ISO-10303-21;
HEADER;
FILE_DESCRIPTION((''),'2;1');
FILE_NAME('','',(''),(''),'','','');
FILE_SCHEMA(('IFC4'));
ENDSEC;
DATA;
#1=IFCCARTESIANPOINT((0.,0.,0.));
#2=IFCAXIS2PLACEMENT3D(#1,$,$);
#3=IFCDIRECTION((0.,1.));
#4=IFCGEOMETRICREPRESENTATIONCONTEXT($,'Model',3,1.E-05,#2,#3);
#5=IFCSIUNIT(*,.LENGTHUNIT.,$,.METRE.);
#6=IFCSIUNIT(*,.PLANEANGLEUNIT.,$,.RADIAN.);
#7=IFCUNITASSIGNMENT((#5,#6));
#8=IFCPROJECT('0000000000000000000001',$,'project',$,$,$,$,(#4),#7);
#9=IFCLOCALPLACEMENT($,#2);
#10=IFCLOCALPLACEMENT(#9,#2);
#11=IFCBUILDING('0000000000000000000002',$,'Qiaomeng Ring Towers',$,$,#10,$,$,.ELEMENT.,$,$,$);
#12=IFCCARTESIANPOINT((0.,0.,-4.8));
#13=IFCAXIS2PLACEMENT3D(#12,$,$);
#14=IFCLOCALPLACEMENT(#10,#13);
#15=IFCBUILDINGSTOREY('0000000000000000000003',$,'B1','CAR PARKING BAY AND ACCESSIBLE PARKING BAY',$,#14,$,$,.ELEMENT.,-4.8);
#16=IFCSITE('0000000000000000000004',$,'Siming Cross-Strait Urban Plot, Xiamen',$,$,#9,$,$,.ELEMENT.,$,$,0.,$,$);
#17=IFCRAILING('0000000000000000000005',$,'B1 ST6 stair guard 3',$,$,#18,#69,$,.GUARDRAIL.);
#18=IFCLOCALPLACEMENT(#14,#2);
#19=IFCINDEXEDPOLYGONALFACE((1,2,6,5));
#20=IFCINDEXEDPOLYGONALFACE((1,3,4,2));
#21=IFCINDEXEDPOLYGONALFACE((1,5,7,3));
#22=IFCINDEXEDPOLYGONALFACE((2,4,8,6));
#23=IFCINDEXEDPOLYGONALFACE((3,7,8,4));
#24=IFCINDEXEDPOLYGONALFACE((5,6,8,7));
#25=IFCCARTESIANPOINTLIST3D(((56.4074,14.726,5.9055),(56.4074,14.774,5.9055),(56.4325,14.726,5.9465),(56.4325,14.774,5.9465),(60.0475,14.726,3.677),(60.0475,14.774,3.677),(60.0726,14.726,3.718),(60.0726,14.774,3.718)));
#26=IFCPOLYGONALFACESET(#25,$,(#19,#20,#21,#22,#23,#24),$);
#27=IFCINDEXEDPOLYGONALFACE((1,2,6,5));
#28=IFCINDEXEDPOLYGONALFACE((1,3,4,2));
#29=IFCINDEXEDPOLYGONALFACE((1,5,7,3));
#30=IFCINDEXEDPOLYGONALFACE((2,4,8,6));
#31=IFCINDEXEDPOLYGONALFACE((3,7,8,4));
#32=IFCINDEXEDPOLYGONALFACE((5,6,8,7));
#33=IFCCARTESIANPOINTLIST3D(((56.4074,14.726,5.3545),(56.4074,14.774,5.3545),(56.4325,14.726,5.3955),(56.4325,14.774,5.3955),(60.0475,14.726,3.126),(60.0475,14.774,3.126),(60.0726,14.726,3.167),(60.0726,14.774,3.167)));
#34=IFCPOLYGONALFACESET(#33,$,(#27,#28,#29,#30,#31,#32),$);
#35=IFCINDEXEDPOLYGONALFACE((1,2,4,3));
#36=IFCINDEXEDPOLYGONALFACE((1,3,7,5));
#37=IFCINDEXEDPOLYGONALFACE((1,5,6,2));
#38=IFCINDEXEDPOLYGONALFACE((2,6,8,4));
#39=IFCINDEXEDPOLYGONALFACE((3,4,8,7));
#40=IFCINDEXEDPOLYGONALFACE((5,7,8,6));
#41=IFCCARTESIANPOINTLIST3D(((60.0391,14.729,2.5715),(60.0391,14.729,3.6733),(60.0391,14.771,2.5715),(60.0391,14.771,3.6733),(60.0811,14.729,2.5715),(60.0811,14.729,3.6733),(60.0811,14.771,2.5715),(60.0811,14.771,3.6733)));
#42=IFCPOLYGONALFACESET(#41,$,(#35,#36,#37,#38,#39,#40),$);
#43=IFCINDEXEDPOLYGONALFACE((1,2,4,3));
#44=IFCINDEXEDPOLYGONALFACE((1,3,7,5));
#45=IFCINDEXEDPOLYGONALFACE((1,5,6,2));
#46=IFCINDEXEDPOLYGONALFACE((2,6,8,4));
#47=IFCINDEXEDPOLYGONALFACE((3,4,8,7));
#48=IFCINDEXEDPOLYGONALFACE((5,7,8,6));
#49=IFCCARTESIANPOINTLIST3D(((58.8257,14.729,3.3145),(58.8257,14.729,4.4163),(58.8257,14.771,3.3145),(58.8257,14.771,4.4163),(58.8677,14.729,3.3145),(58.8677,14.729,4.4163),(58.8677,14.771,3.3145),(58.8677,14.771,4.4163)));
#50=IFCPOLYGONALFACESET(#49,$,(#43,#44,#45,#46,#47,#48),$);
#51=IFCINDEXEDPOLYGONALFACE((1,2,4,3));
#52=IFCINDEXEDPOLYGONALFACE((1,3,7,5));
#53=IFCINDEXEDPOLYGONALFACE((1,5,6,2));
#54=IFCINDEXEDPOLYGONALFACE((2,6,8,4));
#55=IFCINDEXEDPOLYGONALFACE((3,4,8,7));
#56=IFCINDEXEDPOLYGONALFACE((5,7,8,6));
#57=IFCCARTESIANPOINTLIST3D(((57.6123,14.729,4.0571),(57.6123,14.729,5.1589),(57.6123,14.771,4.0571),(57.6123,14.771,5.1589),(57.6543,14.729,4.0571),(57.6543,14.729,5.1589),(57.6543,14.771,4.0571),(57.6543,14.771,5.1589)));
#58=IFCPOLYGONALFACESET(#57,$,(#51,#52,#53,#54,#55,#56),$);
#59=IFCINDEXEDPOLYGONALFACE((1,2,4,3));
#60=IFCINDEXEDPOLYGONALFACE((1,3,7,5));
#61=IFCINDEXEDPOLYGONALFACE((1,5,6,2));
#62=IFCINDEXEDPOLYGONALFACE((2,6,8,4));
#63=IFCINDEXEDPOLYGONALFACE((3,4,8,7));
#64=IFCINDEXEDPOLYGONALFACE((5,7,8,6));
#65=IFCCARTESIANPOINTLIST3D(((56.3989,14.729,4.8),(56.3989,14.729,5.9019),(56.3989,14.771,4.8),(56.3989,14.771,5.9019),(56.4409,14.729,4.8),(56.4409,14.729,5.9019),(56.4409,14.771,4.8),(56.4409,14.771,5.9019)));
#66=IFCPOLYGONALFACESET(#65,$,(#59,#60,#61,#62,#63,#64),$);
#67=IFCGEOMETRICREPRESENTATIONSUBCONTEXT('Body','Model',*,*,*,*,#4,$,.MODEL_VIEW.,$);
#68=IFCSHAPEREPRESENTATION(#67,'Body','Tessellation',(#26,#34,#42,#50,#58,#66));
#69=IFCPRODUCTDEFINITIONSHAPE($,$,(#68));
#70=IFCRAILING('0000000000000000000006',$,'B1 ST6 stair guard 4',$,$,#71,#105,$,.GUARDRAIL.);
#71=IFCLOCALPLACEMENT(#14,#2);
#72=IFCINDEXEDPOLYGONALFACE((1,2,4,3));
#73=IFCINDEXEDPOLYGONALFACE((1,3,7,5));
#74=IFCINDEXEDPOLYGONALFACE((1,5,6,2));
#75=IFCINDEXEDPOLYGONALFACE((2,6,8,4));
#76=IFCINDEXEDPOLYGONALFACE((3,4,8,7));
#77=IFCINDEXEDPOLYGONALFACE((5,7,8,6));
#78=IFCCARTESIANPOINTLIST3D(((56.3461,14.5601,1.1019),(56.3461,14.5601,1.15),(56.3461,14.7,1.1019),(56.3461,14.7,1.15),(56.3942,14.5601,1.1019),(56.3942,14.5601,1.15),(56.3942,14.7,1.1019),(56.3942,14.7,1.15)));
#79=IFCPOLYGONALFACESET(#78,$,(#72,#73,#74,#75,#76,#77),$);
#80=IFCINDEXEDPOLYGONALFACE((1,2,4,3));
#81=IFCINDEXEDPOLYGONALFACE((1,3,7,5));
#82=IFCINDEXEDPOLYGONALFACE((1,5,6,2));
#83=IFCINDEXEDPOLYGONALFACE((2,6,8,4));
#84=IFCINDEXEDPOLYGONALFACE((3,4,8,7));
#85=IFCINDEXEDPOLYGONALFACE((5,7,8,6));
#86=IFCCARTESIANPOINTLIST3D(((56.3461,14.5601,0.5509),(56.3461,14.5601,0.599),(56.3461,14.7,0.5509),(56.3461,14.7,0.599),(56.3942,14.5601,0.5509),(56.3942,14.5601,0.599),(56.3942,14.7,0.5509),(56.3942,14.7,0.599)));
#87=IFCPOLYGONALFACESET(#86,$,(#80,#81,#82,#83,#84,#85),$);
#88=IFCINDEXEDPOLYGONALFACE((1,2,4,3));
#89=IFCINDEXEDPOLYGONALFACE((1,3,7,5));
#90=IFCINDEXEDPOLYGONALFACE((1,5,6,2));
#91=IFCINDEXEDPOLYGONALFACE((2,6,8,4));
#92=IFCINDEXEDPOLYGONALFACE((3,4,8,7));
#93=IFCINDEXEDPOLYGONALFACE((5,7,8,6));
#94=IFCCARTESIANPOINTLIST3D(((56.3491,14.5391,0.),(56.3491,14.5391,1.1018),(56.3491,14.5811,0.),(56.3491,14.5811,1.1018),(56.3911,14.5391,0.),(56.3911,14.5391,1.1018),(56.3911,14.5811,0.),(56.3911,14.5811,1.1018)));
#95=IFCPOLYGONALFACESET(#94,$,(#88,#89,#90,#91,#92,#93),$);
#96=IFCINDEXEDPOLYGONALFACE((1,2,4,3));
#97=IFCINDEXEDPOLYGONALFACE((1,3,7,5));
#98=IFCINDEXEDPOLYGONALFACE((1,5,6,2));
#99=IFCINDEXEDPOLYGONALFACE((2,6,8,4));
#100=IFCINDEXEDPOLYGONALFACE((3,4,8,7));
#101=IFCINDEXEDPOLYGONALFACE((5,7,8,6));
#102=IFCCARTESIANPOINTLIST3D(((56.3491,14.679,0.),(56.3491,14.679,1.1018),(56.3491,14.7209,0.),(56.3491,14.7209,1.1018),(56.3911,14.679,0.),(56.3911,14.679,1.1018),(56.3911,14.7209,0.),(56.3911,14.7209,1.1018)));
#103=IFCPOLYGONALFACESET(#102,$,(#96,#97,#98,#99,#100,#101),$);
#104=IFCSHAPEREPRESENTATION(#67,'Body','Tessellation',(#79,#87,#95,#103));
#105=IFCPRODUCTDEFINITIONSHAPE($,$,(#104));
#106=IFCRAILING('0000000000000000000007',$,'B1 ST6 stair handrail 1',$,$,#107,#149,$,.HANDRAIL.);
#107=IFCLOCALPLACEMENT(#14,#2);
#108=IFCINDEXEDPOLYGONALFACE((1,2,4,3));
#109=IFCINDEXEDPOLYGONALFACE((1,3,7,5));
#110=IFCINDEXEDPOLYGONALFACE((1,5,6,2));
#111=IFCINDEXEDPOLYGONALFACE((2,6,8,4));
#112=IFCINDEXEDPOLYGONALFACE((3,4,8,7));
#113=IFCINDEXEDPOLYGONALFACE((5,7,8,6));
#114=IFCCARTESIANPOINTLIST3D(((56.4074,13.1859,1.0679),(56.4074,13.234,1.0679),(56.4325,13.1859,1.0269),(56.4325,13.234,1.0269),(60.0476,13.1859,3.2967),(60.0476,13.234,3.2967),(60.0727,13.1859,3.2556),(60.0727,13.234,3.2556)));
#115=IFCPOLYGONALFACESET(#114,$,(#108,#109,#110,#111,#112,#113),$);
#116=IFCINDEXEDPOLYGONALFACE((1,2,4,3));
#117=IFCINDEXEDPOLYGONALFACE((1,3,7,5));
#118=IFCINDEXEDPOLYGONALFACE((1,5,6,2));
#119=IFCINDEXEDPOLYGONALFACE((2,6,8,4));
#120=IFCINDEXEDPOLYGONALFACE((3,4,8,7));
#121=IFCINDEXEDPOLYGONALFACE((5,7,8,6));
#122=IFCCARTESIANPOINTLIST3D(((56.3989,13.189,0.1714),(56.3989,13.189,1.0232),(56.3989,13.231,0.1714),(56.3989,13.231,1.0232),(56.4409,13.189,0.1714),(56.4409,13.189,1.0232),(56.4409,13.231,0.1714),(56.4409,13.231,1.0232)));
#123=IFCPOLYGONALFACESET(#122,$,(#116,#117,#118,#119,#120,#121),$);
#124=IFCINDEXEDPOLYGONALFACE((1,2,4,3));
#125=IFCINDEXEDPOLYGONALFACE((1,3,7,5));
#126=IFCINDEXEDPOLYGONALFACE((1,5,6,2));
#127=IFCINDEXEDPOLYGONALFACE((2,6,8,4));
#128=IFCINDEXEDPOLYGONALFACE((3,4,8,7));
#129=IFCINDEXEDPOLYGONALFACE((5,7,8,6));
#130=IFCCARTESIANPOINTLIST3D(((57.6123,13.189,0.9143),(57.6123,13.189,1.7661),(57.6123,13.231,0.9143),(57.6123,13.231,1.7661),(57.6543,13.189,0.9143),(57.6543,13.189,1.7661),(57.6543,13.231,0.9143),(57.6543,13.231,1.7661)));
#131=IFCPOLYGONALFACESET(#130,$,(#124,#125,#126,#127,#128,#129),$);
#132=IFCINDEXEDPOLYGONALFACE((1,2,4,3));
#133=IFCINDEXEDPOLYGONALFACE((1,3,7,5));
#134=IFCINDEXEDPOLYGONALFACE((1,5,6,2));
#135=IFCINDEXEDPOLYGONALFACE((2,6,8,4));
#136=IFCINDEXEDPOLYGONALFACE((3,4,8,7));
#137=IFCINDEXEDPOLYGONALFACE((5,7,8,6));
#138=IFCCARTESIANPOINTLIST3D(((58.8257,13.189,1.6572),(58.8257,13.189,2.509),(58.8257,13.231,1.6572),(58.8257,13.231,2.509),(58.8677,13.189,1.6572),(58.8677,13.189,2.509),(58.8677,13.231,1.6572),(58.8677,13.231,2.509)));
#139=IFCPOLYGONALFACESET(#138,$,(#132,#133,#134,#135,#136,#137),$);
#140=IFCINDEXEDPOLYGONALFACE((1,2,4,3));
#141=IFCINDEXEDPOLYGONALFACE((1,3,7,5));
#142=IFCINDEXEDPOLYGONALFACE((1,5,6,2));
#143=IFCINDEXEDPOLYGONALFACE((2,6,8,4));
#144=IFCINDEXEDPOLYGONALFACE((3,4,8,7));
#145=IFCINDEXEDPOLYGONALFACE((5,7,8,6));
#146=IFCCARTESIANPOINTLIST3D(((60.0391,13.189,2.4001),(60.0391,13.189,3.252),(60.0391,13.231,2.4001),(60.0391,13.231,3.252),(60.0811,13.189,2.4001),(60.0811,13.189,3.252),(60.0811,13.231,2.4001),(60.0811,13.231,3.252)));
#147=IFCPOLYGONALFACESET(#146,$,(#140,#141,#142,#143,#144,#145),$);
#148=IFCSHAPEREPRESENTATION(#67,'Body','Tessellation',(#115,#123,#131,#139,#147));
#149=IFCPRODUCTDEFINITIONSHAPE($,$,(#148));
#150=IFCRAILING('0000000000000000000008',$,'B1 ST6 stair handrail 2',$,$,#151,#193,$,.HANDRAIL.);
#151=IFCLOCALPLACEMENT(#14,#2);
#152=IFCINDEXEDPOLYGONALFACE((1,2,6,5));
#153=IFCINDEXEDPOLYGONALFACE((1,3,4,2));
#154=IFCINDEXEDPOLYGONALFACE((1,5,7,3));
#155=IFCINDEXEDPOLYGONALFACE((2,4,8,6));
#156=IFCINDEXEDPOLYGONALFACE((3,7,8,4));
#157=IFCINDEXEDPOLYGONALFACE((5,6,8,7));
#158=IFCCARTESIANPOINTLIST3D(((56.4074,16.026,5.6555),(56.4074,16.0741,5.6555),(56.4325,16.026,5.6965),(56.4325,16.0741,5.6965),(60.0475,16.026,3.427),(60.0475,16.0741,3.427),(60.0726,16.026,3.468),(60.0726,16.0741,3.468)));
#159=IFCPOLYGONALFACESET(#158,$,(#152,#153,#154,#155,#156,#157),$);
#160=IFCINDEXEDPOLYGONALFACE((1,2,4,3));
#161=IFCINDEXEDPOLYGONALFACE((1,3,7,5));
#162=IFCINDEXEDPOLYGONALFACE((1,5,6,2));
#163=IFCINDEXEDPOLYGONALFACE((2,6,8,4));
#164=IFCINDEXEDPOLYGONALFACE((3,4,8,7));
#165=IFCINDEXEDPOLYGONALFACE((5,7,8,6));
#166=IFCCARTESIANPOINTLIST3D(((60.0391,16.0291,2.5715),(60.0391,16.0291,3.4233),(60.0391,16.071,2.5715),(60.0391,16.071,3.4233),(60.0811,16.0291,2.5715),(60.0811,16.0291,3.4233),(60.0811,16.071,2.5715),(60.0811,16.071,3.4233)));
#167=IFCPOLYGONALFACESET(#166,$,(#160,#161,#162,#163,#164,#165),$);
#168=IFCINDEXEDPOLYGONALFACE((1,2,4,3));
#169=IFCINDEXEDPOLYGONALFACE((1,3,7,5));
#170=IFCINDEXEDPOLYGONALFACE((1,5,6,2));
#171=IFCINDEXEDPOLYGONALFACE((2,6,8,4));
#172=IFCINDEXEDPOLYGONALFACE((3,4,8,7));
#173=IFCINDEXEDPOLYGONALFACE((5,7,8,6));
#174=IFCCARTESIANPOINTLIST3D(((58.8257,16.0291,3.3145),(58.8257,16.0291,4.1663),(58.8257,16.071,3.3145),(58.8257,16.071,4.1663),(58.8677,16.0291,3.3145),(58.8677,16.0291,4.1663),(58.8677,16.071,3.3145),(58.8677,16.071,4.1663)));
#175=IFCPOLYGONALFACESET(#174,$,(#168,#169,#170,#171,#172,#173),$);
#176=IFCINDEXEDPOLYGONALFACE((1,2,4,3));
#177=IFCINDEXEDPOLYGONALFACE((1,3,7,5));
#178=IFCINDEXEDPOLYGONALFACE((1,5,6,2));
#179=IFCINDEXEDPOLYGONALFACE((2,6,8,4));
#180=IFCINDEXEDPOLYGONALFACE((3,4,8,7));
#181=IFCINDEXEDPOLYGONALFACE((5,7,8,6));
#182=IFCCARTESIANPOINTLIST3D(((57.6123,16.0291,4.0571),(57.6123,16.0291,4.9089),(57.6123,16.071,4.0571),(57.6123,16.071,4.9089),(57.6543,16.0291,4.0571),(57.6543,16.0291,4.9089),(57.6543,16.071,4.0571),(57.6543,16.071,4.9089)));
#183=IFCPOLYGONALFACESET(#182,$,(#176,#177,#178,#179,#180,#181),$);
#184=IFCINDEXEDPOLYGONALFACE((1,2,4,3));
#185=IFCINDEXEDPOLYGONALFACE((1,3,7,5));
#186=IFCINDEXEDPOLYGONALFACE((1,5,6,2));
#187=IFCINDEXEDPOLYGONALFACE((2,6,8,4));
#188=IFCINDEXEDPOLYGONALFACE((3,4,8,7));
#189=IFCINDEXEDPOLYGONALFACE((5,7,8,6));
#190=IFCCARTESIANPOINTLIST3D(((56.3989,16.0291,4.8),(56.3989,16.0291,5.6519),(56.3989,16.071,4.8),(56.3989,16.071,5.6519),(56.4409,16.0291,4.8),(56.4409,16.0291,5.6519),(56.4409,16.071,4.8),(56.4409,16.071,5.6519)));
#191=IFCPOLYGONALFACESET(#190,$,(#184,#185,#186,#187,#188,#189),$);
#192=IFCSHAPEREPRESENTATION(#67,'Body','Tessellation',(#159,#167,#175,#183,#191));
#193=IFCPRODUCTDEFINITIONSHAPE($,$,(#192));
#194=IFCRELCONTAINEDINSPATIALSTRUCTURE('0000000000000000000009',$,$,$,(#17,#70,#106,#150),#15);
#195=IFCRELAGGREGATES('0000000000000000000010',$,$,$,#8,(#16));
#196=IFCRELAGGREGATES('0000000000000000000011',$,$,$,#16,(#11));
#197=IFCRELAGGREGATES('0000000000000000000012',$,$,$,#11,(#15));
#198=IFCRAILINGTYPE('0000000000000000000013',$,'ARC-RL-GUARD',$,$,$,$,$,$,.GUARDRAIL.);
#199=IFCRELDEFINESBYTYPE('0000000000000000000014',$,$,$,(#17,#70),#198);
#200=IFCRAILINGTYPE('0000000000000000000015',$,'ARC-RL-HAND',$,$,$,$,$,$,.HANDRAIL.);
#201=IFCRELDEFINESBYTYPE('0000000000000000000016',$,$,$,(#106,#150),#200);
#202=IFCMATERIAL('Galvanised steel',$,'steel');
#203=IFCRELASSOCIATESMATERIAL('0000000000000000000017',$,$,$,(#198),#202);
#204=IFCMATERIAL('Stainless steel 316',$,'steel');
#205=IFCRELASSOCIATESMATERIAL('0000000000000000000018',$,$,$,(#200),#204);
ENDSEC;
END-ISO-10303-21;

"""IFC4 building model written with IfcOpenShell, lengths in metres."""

from ifc_helpers import new_model, si_unit, direction, frame, origin, origin_2d, place, context, subcontext, project, spatial, rectangle, extrude, material, type_object, element, save


model = new_model("IFC4")

# Units and contexts
model_context = context("Model", 3, precision=1e-05, world=origin(), true_north=direction((0.0, 1.0)))
body_context = subcontext(model_context, "Body", "Model", "MODEL_VIEW")
ifc_project = project(units=[si_unit("LENGTHUNIT", "METRE"), si_unit("PLANEANGLEUNIT", "RADIAN")], contexts=[model_context])

# Site, building, storey
site_placement = place(None, origin())
site = spatial("IfcSite", under=ifc_project, at=site_placement, Name="Siming Cross-Strait Urban Plot, Xiamen", CompositionType="ELEMENT", RefElevation=0.0)
building_placement = place(site_placement, origin())
building = spatial("IfcBuilding", under=site, at=building_placement, Name="Qiaomeng Ring Towers", CompositionType="ELEMENT")
storey_placement = place(building_placement, frame((0.0, 0.0, -4.8)))
storey = spatial("IfcBuildingStorey", under=building, at=storey_placement, Name="B1", Description="CAR PARKING BAY AND ACCESSIBLE PARKING BAY", CompositionType="ELEMENT", Elevation=-4.8)

# Shared definitions
ifc_material_1 = material(Name="Galvanised steel", Category="steel")

# Shared definitions
ifc_material_2 = material(Name="Stainless steel 316", Category="steel")

# Railings
railing_type_1 = type_object("IfcRailingType", Name="ARC-RL-GUARD", PredefinedType="GUARDRAIL", material=ifc_material_1)
railing_1_placement = place(storey_placement, frame((60.0601, 14.75, 2.5715)))
element("IfcRailing", 1, at=railing_1_placement, inside=storey, type_object=railing_type_1, Name="B1 ST6 stair guard 3", PredefinedType="GUARDRAIL", context=body_context, shape_type="SweptSolid", body=[
    extrude(rectangle(XDim=0.0481, YDim=0.0481, at=origin_2d()), frame((0.0, 0.0, 1.126), z_axis=(-0.852866, 0.0, 0.52213), x_axis=(0.0, -1.0, 0.0)), (0.0, 0.0, 1.0), 4.2681),
    extrude(rectangle(XDim=0.0481, YDim=0.0481, at=origin_2d()), frame((0.0, 0.0, 0.575), z_axis=(-0.852866, 0.0, 0.52213), x_axis=(0.0, -1.0, 0.0)), (0.0, 0.0, 1.0), 4.2681),
    extrude(rectangle(XDim=0.042, YDim=0.042, at=origin_2d()), origin(), (0.0, 0.0, 1.0), 1.1018),
    extrude(rectangle(XDim=0.042, YDim=0.042, at=origin_2d()), frame((-1.2134, 0.0, 0.7429)), (0.0, 0.0, 1.0), 1.1018),
    extrude(rectangle(XDim=0.042, YDim=0.042, at=origin_2d()), frame((-2.4268, 0.0, 1.4856)), (0.0, 0.0, 1.0), 1.1018),
    extrude(rectangle(XDim=0.042, YDim=0.042, at=origin_2d()), frame((-3.6401, 0.0, 2.2285)), (0.0, 0.0, 1.0), 1.1018),
])
railing_2_placement = place(storey_placement, frame((56.3701, 14.5601, 0.0)))
element("IfcRailing", 2, at=railing_2_placement, inside=storey, type_object=railing_type_1, Name="B1 ST6 stair guard 4", PredefinedType="GUARDRAIL", context=body_context, shape_type="SweptSolid", body=[
    extrude(rectangle(XDim=0.0481, YDim=0.0481, at=origin_2d()), frame((0.0, 0.0, 1.126), z_axis=(0.0, 1.0, 0.0), x_axis=(-1.0, 0.0, 0.0)), (0.0, 0.0, 1.0), 0.1399),
    extrude(rectangle(XDim=0.0481, YDim=0.0481, at=origin_2d()), frame((0.0, 0.0, 0.575), z_axis=(0.0, 1.0, 0.0), x_axis=(-1.0, 0.0, 0.0)), (0.0, 0.0, 1.0), 0.1399),
    extrude(rectangle(XDim=0.042, YDim=0.042, at=origin_2d()), origin(), (0.0, 0.0, 1.0), 1.1018),
    extrude(rectangle(XDim=0.042, YDim=0.042, at=origin_2d()), frame((0.0, 0.1399, 0.0)), (0.0, 0.0, 1.0), 1.1018),
])
railing_type_2 = type_object("IfcRailingType", Name="ARC-RL-HAND", PredefinedType="HANDRAIL", material=ifc_material_2)
railing_3_placement = place(storey_placement, frame((56.4199, 13.21, 0.1714)))
element("IfcRailing", 3, at=railing_3_placement, inside=storey, type_object=railing_type_2, Name="B1 ST6 stair handrail 1", PredefinedType="HANDRAIL", context=body_context, shape_type="SweptSolid", body=[
    extrude(rectangle(XDim=0.0481, YDim=0.0481, at=origin_2d()), frame((0.0, 0.0, 0.876), z_axis=(0.85284, 0.0, 0.522172), x_axis=(0.0, 1.0, 0.0)), (0.0, 0.0, 1.0), 4.2683),
    extrude(rectangle(XDim=0.042, YDim=0.042, at=origin_2d()), origin(), (0.0, 0.0, 1.0), 0.8518),
    extrude(rectangle(XDim=0.042, YDim=0.042, at=origin_2d()), frame((1.2134, 0.0, 0.7429)), (0.0, 0.0, 1.0), 0.8518),
    extrude(rectangle(XDim=0.042, YDim=0.042, at=origin_2d()), frame((2.4268, 0.0, 1.4858)), (0.0, 0.0, 1.0), 0.8518),
    extrude(rectangle(XDim=0.042, YDim=0.042, at=origin_2d()), frame((3.6401, 0.0, 2.2288)), (0.0, 0.0, 1.0), 0.8518),
])
railing_4_placement = place(storey_placement, frame((60.0601, 16.05, 2.5715)))
element("IfcRailing", 4, at=railing_4_placement, inside=storey, type_object=railing_type_2, Name="B1 ST6 stair handrail 2", PredefinedType="HANDRAIL", context=body_context, shape_type="SweptSolid", body=[
    extrude(rectangle(XDim=0.0481, YDim=0.0481, at=origin_2d()), frame((0.0, 0.0, 0.876), z_axis=(-0.852866, 0.0, 0.52213), x_axis=(0.0, -1.0, 0.0)), (0.0, 0.0, 1.0), 4.2681),
    extrude(rectangle(XDim=0.042, YDim=0.042, at=origin_2d()), origin(), (0.0, 0.0, 1.0), 0.8518),
    extrude(rectangle(XDim=0.042, YDim=0.042, at=origin_2d()), frame((-1.2134, 0.0, 0.7429)), (0.0, 0.0, 1.0), 0.8518),
    extrude(rectangle(XDim=0.042, YDim=0.042, at=origin_2d()), frame((-2.4268, 0.0, 1.4856)), (0.0, 0.0, 1.0), 0.8518),
    extrude(rectangle(XDim=0.042, YDim=0.042, at=origin_2d()), frame((-3.6401, 0.0, 2.2285)), (0.0, 0.0, 1.0), 0.8518),
])

save(model, "model.ifc")
